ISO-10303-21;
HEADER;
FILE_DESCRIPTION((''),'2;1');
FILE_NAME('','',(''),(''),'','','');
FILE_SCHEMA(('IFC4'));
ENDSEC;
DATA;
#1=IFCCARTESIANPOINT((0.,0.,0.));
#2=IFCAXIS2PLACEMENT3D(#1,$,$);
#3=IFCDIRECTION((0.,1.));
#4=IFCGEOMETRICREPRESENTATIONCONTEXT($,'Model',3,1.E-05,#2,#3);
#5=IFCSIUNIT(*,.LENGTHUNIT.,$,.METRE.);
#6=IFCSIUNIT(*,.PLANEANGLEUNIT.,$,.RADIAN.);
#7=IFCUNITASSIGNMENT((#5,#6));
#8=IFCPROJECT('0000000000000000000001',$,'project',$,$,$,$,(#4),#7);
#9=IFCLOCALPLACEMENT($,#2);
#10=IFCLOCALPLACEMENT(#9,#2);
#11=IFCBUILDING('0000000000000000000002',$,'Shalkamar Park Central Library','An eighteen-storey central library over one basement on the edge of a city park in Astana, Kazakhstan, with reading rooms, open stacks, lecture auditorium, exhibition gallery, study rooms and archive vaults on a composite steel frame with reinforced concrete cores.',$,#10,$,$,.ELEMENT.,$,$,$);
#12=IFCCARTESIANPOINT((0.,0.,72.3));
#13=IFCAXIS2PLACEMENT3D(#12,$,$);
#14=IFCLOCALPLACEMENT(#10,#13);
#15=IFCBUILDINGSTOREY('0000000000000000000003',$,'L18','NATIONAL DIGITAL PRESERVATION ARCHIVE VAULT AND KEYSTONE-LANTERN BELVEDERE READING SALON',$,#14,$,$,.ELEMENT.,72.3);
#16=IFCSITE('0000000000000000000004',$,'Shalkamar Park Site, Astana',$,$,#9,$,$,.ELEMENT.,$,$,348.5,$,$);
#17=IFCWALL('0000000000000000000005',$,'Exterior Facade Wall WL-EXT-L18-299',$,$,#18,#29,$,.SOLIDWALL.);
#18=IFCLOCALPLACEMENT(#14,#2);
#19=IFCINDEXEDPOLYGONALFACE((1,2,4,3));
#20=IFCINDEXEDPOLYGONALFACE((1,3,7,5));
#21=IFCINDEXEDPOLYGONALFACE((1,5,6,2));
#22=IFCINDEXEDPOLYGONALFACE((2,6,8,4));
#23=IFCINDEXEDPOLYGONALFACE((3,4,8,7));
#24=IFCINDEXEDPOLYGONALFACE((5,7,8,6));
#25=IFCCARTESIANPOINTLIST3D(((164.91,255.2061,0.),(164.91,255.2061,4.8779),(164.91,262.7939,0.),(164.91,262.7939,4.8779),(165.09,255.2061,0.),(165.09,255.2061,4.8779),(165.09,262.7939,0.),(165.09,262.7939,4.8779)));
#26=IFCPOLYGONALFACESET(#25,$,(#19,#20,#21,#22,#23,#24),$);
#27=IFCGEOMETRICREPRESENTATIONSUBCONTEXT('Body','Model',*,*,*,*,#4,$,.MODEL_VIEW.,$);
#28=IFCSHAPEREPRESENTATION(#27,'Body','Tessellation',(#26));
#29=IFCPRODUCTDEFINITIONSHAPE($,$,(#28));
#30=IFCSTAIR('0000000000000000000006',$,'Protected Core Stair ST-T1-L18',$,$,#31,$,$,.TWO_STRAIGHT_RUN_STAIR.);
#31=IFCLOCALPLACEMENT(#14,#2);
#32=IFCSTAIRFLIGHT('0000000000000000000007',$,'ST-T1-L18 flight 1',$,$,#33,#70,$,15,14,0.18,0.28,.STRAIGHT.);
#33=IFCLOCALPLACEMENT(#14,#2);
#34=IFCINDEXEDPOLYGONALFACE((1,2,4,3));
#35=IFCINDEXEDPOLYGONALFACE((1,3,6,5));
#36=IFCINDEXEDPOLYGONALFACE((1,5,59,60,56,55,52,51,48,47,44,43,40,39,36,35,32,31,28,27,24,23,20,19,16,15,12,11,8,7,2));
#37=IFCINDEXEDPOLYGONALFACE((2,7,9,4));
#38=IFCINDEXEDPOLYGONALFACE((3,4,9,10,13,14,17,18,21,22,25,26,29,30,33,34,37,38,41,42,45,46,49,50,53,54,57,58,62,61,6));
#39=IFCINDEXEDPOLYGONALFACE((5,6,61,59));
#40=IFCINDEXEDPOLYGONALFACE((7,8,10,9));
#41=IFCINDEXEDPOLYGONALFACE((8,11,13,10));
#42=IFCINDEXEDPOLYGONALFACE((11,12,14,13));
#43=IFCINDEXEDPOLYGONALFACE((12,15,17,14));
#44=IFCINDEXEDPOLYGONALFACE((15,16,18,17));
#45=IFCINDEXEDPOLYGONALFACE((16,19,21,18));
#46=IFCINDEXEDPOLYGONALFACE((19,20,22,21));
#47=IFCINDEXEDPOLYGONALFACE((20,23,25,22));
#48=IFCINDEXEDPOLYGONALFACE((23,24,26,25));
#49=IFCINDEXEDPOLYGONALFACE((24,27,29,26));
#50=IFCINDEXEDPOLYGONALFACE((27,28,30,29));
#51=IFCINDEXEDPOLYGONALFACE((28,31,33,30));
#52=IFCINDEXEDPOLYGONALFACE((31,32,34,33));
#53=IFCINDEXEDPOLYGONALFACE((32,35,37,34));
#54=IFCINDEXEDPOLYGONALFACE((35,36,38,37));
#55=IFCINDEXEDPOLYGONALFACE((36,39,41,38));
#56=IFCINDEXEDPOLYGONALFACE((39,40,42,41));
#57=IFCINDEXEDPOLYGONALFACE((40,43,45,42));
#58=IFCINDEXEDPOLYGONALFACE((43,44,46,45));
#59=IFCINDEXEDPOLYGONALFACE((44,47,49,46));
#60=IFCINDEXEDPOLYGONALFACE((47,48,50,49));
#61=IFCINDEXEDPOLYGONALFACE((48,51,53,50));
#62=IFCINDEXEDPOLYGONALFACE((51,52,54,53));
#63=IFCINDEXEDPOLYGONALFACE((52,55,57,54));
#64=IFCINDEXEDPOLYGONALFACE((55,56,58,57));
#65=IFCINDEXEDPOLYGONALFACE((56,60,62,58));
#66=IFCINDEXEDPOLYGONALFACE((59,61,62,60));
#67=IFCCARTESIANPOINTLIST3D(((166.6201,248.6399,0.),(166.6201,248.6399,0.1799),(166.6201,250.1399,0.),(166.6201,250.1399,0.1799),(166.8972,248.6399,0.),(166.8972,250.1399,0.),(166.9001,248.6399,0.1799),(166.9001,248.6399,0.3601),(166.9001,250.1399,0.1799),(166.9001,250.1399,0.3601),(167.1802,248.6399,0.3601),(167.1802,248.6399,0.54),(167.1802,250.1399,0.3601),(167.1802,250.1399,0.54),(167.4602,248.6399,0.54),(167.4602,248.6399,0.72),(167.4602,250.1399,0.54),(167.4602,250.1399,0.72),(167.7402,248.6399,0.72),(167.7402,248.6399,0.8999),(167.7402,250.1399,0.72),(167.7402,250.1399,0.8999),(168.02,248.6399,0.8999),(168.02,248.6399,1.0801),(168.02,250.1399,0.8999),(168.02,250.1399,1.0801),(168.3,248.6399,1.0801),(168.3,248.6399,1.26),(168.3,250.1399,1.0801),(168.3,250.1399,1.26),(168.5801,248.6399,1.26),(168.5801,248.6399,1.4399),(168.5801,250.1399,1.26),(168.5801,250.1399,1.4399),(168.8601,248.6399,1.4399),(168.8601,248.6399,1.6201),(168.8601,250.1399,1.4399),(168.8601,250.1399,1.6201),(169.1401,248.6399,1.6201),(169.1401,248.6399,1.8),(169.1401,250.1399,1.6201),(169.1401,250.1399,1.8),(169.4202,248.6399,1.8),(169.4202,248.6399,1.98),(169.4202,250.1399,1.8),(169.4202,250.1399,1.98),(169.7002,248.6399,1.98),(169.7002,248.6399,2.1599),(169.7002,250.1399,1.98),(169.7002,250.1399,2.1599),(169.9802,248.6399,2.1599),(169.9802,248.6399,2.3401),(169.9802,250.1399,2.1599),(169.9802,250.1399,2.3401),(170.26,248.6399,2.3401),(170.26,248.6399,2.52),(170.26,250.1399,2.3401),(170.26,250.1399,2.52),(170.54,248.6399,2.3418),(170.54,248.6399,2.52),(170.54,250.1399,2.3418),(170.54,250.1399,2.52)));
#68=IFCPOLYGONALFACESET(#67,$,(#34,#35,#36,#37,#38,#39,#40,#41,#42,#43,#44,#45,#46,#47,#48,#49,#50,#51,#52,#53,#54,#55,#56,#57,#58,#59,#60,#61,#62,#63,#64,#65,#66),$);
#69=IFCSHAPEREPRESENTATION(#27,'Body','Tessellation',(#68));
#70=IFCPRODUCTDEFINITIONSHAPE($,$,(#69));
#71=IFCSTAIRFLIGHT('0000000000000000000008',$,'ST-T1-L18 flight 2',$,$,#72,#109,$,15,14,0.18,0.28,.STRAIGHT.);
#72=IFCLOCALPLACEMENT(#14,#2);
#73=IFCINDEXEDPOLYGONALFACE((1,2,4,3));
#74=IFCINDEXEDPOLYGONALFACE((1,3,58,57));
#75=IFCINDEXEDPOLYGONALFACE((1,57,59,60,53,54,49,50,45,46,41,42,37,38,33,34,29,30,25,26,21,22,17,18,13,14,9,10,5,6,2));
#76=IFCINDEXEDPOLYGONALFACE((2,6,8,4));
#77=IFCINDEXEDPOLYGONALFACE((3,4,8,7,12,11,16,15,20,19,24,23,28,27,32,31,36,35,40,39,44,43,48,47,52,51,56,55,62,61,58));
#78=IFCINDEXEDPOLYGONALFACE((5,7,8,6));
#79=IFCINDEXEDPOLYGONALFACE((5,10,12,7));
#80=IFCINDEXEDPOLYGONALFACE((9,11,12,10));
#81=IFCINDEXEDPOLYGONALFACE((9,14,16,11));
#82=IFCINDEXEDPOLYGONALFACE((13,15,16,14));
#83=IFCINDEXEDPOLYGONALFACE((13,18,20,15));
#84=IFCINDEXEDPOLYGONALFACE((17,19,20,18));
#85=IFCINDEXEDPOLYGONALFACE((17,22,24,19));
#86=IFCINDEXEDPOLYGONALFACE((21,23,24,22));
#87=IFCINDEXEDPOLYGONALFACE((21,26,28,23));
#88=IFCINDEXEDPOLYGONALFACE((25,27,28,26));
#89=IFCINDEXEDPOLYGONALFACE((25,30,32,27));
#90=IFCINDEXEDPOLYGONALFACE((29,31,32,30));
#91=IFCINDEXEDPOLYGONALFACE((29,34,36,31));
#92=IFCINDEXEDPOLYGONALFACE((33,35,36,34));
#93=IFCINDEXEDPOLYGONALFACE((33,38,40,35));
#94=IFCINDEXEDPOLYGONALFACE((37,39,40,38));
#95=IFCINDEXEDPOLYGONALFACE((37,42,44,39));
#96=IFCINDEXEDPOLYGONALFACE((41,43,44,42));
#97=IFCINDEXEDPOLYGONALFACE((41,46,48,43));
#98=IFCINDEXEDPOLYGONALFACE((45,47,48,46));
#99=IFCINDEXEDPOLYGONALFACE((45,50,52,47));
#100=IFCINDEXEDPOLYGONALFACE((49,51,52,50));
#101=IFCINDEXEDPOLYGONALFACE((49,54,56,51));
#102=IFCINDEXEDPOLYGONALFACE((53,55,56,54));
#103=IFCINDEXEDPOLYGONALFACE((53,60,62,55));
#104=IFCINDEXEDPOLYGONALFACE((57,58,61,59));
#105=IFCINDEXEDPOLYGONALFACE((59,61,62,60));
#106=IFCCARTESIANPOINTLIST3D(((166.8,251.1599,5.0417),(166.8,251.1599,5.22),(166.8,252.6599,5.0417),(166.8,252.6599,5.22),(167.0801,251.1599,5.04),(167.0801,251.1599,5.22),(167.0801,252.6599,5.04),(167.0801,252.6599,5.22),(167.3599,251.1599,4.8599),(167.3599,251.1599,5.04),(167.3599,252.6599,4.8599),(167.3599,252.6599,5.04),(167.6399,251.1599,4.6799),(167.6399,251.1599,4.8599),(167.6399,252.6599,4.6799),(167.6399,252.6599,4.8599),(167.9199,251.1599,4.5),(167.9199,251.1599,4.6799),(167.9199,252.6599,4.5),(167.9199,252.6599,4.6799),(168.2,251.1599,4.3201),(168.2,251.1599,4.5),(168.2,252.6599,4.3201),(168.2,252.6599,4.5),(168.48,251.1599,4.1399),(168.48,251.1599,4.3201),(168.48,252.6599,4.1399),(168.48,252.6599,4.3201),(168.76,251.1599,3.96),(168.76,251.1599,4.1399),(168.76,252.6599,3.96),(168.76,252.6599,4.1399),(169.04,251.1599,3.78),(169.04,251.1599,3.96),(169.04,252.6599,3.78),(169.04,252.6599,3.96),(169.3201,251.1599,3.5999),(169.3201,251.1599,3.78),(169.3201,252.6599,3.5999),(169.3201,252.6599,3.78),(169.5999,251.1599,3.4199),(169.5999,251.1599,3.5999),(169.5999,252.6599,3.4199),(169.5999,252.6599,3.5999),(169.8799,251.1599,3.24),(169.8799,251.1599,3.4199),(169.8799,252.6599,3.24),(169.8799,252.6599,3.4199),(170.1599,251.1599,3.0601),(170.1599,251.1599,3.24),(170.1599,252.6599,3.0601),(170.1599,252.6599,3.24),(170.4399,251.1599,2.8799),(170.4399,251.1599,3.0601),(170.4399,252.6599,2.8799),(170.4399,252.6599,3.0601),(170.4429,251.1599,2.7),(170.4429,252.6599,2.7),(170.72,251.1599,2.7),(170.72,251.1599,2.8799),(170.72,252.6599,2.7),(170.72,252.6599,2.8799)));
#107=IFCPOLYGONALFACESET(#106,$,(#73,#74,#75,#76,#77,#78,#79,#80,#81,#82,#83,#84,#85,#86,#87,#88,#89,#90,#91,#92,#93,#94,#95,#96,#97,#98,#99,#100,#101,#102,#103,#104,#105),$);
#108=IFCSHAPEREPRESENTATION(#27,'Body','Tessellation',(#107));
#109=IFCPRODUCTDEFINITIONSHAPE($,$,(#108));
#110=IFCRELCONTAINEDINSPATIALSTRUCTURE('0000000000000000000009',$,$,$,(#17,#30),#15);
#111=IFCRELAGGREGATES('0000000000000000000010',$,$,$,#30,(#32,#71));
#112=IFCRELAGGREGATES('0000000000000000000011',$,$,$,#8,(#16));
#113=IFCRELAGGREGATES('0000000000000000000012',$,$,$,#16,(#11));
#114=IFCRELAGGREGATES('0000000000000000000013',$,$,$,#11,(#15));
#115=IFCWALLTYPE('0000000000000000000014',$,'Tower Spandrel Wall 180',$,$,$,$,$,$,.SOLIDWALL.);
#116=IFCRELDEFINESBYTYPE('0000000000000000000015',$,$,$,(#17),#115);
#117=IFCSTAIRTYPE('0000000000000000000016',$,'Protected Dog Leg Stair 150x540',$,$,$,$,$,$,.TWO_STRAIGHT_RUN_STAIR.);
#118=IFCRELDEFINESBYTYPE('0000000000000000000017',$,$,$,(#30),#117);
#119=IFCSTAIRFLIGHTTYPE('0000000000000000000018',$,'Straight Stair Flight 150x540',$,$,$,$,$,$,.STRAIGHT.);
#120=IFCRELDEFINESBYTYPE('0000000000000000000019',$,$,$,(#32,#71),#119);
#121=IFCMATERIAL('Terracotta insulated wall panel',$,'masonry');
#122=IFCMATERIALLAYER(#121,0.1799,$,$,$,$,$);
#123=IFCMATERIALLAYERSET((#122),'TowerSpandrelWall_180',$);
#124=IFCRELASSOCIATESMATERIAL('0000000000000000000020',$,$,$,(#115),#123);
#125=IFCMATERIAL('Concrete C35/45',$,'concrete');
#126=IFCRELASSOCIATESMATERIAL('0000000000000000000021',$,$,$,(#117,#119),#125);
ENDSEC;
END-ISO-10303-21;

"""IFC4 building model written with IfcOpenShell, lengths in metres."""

from ifc_helpers import new_model, si_unit, direction, frame, frame_2d, origin, place, context, subcontext, project, spatial, polyline, rectangle, outline, extrude, material, layer, layer_set, type_object, element, aggregate, save


model = new_model("IFC4")

# Units and contexts
model_context = context("Model", 3, precision=1e-05, world=origin(), true_north=direction((0.0, 1.0)))
body_context = subcontext(model_context, "Body", "Model", "MODEL_VIEW")
ifc_project = project(units=[si_unit("LENGTHUNIT", "METRE"), si_unit("PLANEANGLEUNIT", "RADIAN")], contexts=[model_context])

# Site, building, storey
site_placement = place(None, origin())
site = spatial("IfcSite", under=ifc_project, at=site_placement, Name="Shalkamar Park Site, Astana", CompositionType="ELEMENT", RefElevation=348.5)
building_placement = place(site_placement, origin())
building = spatial("IfcBuilding", under=site, at=building_placement, Name="Shalkamar Park Central Library", Description="An eighteen-storey central library over one basement on the edge of a city park in Astana, Kazakhstan, with reading rooms, open stacks, lecture auditorium, exhibition gallery, study rooms and archive vaults on a composite steel frame with reinforced concrete cores.", CompositionType="ELEMENT")
storey_placement = place(building_placement, frame((0.0, 0.0, 72.3)))
storey = spatial("IfcBuildingStorey", under=building, at=storey_placement, Name="L18", Description="NATIONAL DIGITAL PRESERVATION ARCHIVE VAULT AND KEYSTONE-LANTERN BELVEDERE READING SALON", CompositionType="ELEMENT", Elevation=72.3)

# Wall
ifc_material_1 = material(Name="Terracotta insulated wall panel", Category="masonry")
ifc_layer_1 = layer(ifc_material_1, 0.1799)
ifc_layer_set_1 = layer_set([ifc_layer_1], Name="TowerSpandrelWall_180")
wall_type_1 = type_object("IfcWallType", Name="Tower Spandrel Wall 180", PredefinedType="SOLIDWALL", material=ifc_layer_set_1)
wall_1_placement = place(storey_placement, frame((165.0, 255.2061, 0.0), z_axis=(0.0, 0.0, 1.0), x_axis=(0.0, 1.0, 0.0)))
element("IfcWall", 1, at=wall_1_placement, inside=storey, type_object=wall_type_1, Name="Exterior Facade Wall WL-EXT-L18-299", PredefinedType="SOLIDWALL", context=body_context, shape_type="SweptSolid", body=[
    extrude(rectangle(XDim=7.5879, YDim=0.1799, at=frame_2d((3.7939, 0.0))), origin(), (0.0, 0.0, 1.0), 4.8779),
])

# Stair, stair flights
ifc_material_2 = material(Name="Concrete C35/45", Category="concrete")
stair_type = type_object("IfcStairType", Name="Protected Dog Leg Stair 150x540", PredefinedType="TWO_STRAIGHT_RUN_STAIR", material=ifc_material_2)
stair_placement = place(storey_placement, origin())
stair = element("IfcStair", 2, at=stair_placement, inside=storey, type_object=stair_type, Name="Protected Core Stair ST-T1-L18", PredefinedType="TWO_STRAIGHT_RUN_STAIR")
stair_flight_type = type_object("IfcStairFlightType", Name="Straight Stair Flight 150x540", PredefinedType="STRAIGHT", material=ifc_material_2)
stair_flight_1_placement = place(storey_placement, frame((166.6201, 249.3899, 0.0), z_axis=(0.0, 0.0, 1.0), x_axis=(1.0, 0.0, 0.0)))
stair_flight_1 = element("IfcStairFlight", 3, at=stair_flight_1_placement, type_object=stair_flight_type, Name="ST-T1-L18 flight 1", NumberOfRisers=15, NumberOfTreads=14, PredefinedType="STRAIGHT", RiserHeight=0.18, TreadLength=0.28, context=body_context, shape_type="SweptSolid", body=[
    extrude(outline(polyline([(0.0, 0.0), (0.0, 0.1799), (0.28, 0.1799), (0.28, 0.3601), (0.5601, 0.3601), (0.5601, 0.54), (0.8401, 0.54), (0.8401, 0.72), (1.1201, 0.72), (1.1201, 0.8999), (1.3999, 0.8999), (1.3999, 1.0801), (1.6799, 1.0801), (1.6799, 1.26), (1.96, 1.26), (1.96, 1.4399), (2.24, 1.4399), (2.24, 1.6201), (2.52, 1.6201), (2.52, 1.8), (2.8, 1.8), (2.8, 1.98), (3.0801, 1.98), (3.0801, 2.1599), (3.3601, 2.1599), (3.3601, 2.3401), (3.6399, 2.3401), (3.6399, 2.52), (3.9199, 2.52), (3.9199, 2.7), (3.9199, 2.3418), (0.2771, 0.0), (0.0, 0.0)])), frame((0.0, 0.75, 0.0), z_axis=(0.0, -1.0, 0.0), x_axis=(1.0, 0.0, 0.0)), (0.0, 0.0, 1.0), 1.5),
])
stair_flight_2_placement = place(storey_placement, frame((170.72, 251.9099, 2.7), z_axis=(0.0, 0.0, 1.0), x_axis=(-1.0, 0.0, 0.0)))
stair_flight_2 = element("IfcStairFlight", 4, at=stair_flight_2_placement, type_object=stair_flight_type, Name="ST-T1-L18 flight 2", NumberOfRisers=15, NumberOfTreads=14, PredefinedType="STRAIGHT", RiserHeight=0.18, TreadLength=0.28, context=body_context, shape_type="SweptSolid", body=[
    extrude(outline(polyline([(0.0, 0.0), (0.0, 0.1799), (0.28, 0.1799), (0.28, 0.3601), (0.5601, 0.3601), (0.5601, 0.54), (0.8401, 0.54), (0.8401, 0.72), (1.1201, 0.72), (1.1201, 0.8999), (1.3999, 0.8999), (1.3999, 1.0801), (1.6799, 1.0801), (1.6799, 1.26), (1.96, 1.26), (1.96, 1.4399), (2.24, 1.4399), (2.24, 1.6201), (2.52, 1.6201), (2.52, 1.8), (2.8, 1.8), (2.8, 1.98), (3.0801, 1.98), (3.0801, 2.1599), (3.3601, 2.1599), (3.3601, 2.3401), (3.6399, 2.3401), (3.6399, 2.52), (3.9199, 2.52), (3.9199, 2.7), (3.9199, 2.3418), (0.2771, 0.0), (0.0, 0.0)])), frame((0.0, 0.75, 0.0), z_axis=(0.0, -1.0, 0.0), x_axis=(1.0, 0.0, 0.0)), (0.0, 0.0, 1.0), 1.5),
])
aggregate(stair, [stair_flight_1, stair_flight_2])

save(model, "model.ifc")
